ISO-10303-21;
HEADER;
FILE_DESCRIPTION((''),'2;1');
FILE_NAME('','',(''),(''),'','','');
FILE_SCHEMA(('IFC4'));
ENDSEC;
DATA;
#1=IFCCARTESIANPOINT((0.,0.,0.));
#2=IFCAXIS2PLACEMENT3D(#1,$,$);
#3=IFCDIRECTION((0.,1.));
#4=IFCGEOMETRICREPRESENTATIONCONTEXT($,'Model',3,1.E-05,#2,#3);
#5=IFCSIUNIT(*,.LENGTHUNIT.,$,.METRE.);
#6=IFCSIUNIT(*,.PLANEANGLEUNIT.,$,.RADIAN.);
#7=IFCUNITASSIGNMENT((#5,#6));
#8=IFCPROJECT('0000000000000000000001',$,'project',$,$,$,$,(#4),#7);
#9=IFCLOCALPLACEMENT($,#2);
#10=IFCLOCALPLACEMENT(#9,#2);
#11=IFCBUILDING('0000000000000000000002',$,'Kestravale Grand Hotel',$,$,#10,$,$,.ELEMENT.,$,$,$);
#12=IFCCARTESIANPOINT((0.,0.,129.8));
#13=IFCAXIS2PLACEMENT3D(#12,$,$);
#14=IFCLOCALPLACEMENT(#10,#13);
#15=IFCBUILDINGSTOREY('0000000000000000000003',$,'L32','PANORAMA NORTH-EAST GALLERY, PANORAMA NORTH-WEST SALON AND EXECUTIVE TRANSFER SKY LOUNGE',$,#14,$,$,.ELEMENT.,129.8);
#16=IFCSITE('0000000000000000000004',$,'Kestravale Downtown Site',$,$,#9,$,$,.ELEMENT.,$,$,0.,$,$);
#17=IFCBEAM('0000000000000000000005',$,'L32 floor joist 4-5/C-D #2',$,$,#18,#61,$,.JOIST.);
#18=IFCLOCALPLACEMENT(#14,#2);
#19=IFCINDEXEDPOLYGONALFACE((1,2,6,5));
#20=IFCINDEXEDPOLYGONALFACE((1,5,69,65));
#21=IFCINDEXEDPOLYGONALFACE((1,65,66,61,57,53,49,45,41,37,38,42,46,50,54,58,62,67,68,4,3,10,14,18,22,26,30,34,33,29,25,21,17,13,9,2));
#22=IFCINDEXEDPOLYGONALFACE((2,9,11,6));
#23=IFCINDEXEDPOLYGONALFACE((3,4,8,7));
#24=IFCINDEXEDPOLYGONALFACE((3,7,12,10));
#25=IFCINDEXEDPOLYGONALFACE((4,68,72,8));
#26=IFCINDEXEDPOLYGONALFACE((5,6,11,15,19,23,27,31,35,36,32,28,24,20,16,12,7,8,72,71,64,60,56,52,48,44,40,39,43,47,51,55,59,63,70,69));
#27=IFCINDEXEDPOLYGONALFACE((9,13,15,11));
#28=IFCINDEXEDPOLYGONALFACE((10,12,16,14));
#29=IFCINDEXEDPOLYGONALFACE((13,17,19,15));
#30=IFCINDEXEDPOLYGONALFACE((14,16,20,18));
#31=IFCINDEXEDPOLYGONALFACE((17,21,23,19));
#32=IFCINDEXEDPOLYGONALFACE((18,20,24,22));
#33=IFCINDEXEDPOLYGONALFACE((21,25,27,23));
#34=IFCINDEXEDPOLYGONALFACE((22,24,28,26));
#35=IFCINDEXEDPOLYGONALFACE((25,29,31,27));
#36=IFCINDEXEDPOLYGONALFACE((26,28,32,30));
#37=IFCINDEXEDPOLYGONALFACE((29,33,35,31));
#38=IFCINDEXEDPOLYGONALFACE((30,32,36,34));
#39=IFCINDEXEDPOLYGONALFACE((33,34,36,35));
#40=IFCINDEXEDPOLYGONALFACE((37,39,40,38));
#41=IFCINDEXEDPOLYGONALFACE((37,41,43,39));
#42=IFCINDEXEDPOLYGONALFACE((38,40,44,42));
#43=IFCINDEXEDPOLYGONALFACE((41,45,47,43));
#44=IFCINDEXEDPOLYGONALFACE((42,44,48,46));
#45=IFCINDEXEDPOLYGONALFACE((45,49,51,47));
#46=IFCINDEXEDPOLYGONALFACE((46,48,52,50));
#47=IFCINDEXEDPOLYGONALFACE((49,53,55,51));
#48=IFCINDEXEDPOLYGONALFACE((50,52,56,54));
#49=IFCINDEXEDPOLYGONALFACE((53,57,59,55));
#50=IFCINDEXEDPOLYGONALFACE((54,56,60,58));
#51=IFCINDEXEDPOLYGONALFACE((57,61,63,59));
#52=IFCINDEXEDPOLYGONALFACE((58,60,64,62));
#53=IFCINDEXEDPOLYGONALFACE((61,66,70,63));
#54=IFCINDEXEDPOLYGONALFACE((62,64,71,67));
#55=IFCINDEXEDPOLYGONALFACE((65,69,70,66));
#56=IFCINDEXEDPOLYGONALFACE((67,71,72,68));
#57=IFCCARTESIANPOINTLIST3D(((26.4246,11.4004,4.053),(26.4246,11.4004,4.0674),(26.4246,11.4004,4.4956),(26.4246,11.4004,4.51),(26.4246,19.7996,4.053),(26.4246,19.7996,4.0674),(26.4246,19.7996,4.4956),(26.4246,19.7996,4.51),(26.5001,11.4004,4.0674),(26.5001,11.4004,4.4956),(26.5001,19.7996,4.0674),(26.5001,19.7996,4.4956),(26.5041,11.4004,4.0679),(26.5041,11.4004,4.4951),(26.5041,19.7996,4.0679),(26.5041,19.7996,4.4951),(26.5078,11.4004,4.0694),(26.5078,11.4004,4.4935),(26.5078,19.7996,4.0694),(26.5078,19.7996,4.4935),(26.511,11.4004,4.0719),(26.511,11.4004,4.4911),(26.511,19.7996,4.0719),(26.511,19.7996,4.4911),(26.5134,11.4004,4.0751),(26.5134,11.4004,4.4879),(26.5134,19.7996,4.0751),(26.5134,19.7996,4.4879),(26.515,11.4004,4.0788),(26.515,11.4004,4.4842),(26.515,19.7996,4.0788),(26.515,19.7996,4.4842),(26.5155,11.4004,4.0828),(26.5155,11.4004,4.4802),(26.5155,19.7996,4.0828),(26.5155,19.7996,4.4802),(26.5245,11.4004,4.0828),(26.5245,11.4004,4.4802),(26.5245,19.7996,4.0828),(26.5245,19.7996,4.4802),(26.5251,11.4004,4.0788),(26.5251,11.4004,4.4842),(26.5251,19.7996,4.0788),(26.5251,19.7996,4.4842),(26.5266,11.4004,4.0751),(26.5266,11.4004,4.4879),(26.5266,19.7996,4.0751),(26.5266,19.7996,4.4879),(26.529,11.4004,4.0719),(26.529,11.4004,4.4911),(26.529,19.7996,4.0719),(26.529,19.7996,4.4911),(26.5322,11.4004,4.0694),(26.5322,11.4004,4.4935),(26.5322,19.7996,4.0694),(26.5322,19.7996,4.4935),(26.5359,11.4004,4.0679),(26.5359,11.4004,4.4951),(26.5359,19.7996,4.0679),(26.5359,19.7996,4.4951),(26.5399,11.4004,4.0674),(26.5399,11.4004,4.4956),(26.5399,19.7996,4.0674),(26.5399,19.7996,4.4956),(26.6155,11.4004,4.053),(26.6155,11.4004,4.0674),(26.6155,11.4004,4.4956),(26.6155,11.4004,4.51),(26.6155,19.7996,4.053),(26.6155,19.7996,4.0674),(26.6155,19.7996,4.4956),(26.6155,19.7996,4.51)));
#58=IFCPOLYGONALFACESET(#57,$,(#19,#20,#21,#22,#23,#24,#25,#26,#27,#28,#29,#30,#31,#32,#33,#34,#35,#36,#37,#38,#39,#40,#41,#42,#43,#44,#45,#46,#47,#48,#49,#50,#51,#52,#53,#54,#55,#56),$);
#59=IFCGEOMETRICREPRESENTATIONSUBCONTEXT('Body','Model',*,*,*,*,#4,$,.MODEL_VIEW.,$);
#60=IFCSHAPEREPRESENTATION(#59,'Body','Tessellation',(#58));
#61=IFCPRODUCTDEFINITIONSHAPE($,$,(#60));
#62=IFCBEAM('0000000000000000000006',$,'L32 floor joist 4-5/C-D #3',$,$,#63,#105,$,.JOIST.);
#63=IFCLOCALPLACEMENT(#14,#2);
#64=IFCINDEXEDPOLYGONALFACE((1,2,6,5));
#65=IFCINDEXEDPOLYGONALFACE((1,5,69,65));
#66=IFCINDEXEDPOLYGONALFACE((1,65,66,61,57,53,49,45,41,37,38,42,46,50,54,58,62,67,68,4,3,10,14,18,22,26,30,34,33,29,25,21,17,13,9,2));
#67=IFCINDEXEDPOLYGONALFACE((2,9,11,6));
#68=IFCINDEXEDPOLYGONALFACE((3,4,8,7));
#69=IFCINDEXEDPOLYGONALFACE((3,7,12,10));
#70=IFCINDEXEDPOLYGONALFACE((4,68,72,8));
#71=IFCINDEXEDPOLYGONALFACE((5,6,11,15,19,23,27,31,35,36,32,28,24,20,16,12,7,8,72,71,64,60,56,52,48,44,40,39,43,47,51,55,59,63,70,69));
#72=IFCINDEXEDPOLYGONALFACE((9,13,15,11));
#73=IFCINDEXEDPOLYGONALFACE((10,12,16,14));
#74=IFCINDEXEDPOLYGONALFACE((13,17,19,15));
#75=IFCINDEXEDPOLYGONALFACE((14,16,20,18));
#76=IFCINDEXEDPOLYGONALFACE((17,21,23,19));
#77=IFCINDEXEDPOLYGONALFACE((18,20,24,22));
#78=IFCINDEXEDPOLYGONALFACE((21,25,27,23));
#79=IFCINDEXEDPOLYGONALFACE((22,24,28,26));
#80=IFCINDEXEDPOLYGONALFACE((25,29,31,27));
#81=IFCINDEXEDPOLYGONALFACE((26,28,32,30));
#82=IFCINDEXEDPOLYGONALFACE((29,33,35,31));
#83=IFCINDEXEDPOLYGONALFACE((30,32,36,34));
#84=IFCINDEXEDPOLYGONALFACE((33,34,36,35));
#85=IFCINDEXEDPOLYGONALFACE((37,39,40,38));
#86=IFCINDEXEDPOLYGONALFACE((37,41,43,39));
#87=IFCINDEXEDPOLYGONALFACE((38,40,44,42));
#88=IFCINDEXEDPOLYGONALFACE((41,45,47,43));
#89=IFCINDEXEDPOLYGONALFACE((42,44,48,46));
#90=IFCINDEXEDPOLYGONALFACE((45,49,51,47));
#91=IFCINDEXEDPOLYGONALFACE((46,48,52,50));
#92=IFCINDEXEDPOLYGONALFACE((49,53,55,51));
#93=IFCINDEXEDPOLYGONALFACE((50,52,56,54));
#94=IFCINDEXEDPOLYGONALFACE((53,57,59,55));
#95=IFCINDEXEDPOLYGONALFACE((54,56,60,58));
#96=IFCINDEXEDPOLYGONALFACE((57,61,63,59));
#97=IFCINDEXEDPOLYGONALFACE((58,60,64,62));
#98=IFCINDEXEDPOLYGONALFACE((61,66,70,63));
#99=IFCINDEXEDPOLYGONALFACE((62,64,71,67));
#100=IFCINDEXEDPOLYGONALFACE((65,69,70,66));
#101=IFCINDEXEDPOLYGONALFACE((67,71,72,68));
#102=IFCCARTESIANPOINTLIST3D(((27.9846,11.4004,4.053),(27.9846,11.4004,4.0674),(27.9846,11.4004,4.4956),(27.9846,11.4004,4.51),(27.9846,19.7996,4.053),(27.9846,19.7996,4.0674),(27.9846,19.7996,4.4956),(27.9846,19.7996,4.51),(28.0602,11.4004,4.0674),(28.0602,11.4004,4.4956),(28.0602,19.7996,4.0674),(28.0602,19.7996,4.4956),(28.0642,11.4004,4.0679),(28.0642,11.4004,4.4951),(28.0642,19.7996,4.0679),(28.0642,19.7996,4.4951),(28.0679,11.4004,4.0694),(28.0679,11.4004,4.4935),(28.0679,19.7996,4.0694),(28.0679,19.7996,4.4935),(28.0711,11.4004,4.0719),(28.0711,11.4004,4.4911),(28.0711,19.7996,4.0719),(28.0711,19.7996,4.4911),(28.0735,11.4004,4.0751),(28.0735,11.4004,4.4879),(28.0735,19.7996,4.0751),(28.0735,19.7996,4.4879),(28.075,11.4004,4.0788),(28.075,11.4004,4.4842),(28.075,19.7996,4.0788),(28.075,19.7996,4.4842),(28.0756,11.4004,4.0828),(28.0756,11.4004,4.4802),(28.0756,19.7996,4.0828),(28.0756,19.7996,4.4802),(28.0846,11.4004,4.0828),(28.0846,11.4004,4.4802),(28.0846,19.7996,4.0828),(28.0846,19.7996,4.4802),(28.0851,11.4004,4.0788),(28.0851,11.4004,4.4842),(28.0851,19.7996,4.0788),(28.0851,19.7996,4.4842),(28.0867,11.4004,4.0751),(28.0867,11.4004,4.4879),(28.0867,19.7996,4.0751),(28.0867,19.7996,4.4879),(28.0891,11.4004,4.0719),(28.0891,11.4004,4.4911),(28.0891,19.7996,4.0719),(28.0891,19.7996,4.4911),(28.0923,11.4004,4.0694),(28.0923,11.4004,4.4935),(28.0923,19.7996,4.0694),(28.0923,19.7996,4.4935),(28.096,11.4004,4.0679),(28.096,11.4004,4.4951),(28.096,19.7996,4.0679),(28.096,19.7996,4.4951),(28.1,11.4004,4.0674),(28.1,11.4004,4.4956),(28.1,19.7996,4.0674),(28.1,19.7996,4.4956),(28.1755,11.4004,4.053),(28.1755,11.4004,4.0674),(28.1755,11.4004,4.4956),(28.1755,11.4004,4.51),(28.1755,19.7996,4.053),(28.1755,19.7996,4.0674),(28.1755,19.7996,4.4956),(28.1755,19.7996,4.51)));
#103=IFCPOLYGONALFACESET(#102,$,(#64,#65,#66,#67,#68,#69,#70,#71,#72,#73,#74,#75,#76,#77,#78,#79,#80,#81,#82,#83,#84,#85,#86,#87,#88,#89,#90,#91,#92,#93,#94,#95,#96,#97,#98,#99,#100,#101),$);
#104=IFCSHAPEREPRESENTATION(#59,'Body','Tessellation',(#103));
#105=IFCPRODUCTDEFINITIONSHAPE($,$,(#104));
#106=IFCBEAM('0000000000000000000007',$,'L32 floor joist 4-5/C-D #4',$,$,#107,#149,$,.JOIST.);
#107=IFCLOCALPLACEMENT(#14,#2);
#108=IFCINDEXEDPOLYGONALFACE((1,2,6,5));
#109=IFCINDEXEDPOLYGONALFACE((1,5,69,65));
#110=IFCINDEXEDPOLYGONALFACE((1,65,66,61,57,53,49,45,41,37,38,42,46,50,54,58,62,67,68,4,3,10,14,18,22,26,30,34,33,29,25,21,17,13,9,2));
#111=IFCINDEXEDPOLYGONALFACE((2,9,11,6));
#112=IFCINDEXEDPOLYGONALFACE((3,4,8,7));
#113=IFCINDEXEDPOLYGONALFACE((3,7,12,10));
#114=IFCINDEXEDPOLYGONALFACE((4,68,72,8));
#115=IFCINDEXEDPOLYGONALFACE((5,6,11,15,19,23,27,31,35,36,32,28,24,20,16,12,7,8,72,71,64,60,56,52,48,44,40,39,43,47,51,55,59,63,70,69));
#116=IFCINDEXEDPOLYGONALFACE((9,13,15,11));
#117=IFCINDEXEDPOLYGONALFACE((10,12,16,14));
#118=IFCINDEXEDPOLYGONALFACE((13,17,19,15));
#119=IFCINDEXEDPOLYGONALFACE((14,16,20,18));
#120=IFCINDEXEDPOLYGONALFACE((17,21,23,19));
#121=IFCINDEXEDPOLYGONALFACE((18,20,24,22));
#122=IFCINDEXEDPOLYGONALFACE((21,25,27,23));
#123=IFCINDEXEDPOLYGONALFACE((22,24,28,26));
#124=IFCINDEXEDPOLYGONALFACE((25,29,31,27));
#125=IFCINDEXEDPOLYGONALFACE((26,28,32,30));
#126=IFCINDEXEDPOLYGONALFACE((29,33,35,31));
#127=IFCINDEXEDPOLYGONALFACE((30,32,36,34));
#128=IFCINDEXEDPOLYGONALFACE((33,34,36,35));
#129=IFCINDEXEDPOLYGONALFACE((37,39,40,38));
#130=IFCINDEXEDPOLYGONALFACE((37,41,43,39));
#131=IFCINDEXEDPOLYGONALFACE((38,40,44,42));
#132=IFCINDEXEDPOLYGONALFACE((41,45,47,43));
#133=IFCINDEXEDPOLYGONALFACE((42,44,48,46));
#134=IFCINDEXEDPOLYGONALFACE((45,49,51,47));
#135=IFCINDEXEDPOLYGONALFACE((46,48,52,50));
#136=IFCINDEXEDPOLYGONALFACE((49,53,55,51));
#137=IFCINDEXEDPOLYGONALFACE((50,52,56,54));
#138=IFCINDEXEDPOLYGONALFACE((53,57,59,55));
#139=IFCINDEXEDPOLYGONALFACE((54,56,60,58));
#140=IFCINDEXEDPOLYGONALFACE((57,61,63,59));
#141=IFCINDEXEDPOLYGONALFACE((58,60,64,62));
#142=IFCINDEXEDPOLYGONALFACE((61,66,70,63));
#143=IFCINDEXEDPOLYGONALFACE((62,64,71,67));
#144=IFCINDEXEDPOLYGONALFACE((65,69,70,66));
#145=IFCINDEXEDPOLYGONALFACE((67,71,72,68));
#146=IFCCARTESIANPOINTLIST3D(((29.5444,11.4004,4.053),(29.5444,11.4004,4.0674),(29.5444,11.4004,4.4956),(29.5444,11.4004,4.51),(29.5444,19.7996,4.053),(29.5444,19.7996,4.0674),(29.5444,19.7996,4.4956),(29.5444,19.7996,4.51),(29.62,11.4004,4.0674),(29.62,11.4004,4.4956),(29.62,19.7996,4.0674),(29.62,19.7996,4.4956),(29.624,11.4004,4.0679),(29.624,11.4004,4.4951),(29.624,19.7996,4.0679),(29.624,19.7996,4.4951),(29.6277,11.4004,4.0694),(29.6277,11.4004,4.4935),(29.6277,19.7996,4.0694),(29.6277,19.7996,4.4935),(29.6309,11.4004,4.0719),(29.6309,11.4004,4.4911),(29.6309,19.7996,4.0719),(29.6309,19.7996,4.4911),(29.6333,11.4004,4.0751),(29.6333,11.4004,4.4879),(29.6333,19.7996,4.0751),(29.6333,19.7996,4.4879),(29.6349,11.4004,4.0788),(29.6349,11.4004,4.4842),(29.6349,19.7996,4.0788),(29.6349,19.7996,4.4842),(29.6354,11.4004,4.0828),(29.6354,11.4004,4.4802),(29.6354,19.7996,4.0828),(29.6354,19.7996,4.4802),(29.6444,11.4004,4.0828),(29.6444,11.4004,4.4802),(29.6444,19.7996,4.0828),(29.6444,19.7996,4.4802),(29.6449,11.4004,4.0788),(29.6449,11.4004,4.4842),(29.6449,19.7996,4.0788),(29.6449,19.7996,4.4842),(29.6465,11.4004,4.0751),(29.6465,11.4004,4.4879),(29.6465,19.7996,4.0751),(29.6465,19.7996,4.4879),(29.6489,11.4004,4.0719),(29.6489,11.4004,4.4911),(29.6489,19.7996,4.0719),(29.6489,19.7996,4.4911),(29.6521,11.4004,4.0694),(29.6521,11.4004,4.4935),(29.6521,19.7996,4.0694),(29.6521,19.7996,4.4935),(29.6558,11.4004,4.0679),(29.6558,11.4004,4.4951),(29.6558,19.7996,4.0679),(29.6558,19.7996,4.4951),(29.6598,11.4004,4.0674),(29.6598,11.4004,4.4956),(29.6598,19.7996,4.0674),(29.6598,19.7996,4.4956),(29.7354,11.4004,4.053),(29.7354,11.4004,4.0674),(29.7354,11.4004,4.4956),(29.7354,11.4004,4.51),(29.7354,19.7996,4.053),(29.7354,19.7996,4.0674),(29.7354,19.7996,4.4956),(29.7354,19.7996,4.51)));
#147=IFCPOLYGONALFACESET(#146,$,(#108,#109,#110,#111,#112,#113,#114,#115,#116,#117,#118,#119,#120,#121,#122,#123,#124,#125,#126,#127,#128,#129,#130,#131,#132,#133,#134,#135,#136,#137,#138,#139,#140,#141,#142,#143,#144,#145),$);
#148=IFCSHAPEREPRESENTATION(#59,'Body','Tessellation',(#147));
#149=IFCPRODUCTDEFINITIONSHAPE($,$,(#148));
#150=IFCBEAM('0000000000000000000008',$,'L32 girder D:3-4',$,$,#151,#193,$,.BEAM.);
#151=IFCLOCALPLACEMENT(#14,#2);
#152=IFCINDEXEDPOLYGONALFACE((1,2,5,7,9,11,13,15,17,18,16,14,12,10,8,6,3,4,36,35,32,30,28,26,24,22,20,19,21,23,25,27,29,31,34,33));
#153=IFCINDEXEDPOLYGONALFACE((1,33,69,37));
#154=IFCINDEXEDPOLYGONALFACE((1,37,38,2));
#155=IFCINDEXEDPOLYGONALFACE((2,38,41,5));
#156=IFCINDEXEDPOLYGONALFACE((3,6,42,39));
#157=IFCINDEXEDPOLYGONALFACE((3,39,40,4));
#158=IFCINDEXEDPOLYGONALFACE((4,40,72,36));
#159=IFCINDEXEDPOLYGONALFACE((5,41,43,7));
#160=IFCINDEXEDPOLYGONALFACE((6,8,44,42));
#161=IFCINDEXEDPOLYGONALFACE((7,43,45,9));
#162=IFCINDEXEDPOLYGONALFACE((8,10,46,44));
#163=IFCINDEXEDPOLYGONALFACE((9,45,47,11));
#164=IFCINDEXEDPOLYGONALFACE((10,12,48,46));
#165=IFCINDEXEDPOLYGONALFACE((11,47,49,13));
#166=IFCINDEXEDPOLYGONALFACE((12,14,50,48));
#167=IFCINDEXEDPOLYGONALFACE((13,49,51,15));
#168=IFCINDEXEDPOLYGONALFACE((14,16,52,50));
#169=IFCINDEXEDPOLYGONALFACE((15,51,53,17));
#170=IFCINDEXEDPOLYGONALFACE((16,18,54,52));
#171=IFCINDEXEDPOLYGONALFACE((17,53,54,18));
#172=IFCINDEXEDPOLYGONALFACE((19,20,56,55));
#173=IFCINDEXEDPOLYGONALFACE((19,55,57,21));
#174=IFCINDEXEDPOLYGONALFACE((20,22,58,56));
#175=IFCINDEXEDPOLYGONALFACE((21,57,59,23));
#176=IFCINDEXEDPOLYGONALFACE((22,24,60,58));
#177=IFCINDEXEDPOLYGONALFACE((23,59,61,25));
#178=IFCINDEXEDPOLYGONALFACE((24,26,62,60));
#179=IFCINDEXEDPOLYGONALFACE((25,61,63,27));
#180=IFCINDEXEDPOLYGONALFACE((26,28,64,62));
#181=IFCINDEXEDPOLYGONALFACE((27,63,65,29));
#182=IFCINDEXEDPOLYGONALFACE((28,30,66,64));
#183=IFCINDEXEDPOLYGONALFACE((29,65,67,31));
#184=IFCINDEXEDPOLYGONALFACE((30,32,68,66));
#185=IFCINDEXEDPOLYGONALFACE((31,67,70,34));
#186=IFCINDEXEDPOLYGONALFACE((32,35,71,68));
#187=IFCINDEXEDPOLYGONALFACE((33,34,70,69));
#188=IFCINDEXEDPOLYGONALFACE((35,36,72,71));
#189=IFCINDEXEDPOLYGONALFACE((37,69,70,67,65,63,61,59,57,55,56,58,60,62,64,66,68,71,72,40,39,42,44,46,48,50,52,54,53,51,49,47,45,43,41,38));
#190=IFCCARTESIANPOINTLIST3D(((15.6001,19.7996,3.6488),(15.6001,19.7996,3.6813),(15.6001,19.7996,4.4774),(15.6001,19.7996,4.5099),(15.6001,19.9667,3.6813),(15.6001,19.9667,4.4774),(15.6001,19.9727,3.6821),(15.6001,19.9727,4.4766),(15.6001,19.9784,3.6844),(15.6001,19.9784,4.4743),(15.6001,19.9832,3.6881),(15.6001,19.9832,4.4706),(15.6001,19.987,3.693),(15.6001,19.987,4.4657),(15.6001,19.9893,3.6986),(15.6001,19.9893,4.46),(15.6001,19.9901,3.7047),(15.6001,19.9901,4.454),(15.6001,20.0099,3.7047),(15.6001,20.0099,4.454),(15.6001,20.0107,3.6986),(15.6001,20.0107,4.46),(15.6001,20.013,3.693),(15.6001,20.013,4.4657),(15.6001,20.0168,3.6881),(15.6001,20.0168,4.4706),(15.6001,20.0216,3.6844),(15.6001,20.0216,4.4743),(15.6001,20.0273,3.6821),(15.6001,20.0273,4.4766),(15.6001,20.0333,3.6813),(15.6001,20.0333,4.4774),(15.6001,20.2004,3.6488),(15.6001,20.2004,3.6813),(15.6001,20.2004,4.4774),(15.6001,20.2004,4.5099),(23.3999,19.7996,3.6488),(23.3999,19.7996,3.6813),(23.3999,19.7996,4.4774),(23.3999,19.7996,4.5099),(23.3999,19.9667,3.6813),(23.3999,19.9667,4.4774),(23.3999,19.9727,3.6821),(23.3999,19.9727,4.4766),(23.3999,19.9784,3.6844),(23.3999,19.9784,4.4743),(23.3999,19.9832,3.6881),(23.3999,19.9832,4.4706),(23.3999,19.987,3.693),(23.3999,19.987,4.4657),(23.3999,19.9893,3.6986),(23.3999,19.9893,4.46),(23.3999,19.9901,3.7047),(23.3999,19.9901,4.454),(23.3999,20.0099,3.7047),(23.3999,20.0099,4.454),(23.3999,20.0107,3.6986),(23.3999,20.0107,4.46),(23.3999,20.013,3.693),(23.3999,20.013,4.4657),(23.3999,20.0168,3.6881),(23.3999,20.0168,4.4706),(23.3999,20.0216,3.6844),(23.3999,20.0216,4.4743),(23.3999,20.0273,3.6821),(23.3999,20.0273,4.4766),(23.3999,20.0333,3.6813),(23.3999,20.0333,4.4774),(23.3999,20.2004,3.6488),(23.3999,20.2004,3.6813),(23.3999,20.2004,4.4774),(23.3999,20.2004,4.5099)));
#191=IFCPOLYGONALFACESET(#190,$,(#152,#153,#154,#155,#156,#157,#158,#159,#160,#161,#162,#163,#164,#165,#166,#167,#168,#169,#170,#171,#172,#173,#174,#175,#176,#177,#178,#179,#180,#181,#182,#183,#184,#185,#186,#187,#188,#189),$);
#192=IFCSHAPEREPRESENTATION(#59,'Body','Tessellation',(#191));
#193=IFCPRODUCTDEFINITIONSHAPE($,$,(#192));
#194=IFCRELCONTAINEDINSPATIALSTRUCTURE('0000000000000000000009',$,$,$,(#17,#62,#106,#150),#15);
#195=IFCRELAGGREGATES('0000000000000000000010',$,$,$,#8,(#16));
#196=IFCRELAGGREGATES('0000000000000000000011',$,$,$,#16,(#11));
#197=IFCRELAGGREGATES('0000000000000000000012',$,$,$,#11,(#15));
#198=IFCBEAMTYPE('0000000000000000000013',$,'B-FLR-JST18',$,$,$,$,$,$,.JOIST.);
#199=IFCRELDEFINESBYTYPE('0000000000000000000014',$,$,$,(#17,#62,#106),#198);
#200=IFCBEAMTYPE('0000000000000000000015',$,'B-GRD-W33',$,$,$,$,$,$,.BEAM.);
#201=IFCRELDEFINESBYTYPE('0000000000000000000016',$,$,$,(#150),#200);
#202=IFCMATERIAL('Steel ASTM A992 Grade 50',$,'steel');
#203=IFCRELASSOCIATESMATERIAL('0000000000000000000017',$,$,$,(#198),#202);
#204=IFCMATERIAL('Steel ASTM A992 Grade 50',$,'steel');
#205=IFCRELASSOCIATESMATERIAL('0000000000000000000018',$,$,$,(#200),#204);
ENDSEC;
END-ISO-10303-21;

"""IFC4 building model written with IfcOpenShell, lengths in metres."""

from ifc_helpers import new_model, si_unit, direction, frame, origin, origin_2d, place, context, subcontext, project, spatial, i_section, extrude, material, material_profile, profile_set, type_object, element, save


model = new_model("IFC4")

# Units and contexts
model_context = context("Model", 3, precision=1e-05, world=origin(), true_north=direction((0.0, 1.0)))
body_context = subcontext(model_context, "Body", "Model", "MODEL_VIEW")
ifc_project = project(units=[si_unit("LENGTHUNIT", "METRE"), si_unit("PLANEANGLEUNIT", "RADIAN")], contexts=[model_context])

# Site, building, storey
site_placement = place(None, origin())
site = spatial("IfcSite", under=ifc_project, at=site_placement, Name="Kestravale Downtown Site", CompositionType="ELEMENT", RefElevation=0.0)
building_placement = place(site_placement, origin())
building = spatial("IfcBuilding", under=site, at=building_placement, Name="Kestravale Grand Hotel", CompositionType="ELEMENT")
storey_placement = place(building_placement, frame((0.0, 0.0, 129.8)))
storey = spatial("IfcBuildingStorey", under=building, at=storey_placement, Name="L32", Description="PANORAMA NORTH-EAST GALLERY, PANORAMA NORTH-WEST SALON AND EXECUTIVE TRANSFER SKY LOUNGE", CompositionType="ELEMENT", Elevation=129.8)

# Beams
ifc_material_1 = material(Name="Steel ASTM A992 Grade 50", Category="steel")
ifc_material_profile_1 = material_profile(ifc_material_1, i_section(OverallWidth=0.1909, OverallDepth=0.457, WebThickness=0.009, FlangeThickness=0.0144, FilletRadius=0.0154, at=origin_2d()))
ifc_profile_set_1 = profile_set([ifc_material_profile_1], Name="Steel ASTM A992 Grade 50")
beam_type_1 = type_object("IfcBeamType", Name="B-FLR-JST18", PredefinedType="JOIST", material=ifc_profile_set_1)
for number, where, z_axis, x_axis, name in (
    (1, (26.52, 11.4004, 4.2815), (0.0, 1.0, 0.0), (-1.0, 0.0, 0.0), "L32 floor joist 4-5/C-D #2"),
    (2, (28.0801, 11.4004, 4.2815), (0.0, 1.0, 0.0), (-1.0, 0.0, 0.0), "L32 floor joist 4-5/C-D #3"),
    (3, (29.6399, 11.4004, 4.2815), (0.0, 1.0, 0.0), (-1.0, 0.0, 0.0), "L32 floor joist 4-5/C-D #4"),
):
    element("IfcBeam", number, at=place(storey_placement, frame(where, z_axis=z_axis, x_axis=x_axis)), inside=storey, type_object=beam_type_1, Name=name, PredefinedType="JOIST", context=body_context, shape_type="SweptSolid", body=[
        extrude(i_section(OverallWidth=0.1909, OverallDepth=0.457, WebThickness=0.009, FlangeThickness=0.0144, FilletRadius=0.0154, at=origin_2d()), origin(), (0.0, 0.0, 1.0), 8.3992),
    ])
ifc_material_2 = material(Name="Steel ASTM A992 Grade 50", Category="steel")
ifc_material_profile_2 = material_profile(ifc_material_2, i_section(OverallWidth=0.4009, OverallDepth=0.8611, WebThickness=0.0198, FlangeThickness=0.0325, FilletRadius=0.0234, at=origin_2d()))
ifc_profile_set_2 = profile_set([ifc_material_profile_2], Name="Steel ASTM A992 Grade 50")
beam_type_2 = type_object("IfcBeamType", Name="B-GRD-W33", PredefinedType="BEAM", material=ifc_profile_set_2)
beam_1_placement = place(storey_placement, frame((15.6001, 20.0, 4.0793), z_axis=(1.0, 0.0, 0.0), x_axis=(0.0, 1.0, 0.0)))
element("IfcBeam", 4, at=beam_1_placement, inside=storey, type_object=beam_type_2, Name="L32 girder D:3-4", PredefinedType="BEAM", context=body_context, shape_type="SweptSolid", body=[
    extrude(i_section(OverallWidth=0.4009, OverallDepth=0.8611, WebThickness=0.0198, FlangeThickness=0.0325, FilletRadius=0.0234, at=origin_2d()), origin(), (0.0, 0.0, 1.0), 7.7998),
])

save(model, "model.ifc")
